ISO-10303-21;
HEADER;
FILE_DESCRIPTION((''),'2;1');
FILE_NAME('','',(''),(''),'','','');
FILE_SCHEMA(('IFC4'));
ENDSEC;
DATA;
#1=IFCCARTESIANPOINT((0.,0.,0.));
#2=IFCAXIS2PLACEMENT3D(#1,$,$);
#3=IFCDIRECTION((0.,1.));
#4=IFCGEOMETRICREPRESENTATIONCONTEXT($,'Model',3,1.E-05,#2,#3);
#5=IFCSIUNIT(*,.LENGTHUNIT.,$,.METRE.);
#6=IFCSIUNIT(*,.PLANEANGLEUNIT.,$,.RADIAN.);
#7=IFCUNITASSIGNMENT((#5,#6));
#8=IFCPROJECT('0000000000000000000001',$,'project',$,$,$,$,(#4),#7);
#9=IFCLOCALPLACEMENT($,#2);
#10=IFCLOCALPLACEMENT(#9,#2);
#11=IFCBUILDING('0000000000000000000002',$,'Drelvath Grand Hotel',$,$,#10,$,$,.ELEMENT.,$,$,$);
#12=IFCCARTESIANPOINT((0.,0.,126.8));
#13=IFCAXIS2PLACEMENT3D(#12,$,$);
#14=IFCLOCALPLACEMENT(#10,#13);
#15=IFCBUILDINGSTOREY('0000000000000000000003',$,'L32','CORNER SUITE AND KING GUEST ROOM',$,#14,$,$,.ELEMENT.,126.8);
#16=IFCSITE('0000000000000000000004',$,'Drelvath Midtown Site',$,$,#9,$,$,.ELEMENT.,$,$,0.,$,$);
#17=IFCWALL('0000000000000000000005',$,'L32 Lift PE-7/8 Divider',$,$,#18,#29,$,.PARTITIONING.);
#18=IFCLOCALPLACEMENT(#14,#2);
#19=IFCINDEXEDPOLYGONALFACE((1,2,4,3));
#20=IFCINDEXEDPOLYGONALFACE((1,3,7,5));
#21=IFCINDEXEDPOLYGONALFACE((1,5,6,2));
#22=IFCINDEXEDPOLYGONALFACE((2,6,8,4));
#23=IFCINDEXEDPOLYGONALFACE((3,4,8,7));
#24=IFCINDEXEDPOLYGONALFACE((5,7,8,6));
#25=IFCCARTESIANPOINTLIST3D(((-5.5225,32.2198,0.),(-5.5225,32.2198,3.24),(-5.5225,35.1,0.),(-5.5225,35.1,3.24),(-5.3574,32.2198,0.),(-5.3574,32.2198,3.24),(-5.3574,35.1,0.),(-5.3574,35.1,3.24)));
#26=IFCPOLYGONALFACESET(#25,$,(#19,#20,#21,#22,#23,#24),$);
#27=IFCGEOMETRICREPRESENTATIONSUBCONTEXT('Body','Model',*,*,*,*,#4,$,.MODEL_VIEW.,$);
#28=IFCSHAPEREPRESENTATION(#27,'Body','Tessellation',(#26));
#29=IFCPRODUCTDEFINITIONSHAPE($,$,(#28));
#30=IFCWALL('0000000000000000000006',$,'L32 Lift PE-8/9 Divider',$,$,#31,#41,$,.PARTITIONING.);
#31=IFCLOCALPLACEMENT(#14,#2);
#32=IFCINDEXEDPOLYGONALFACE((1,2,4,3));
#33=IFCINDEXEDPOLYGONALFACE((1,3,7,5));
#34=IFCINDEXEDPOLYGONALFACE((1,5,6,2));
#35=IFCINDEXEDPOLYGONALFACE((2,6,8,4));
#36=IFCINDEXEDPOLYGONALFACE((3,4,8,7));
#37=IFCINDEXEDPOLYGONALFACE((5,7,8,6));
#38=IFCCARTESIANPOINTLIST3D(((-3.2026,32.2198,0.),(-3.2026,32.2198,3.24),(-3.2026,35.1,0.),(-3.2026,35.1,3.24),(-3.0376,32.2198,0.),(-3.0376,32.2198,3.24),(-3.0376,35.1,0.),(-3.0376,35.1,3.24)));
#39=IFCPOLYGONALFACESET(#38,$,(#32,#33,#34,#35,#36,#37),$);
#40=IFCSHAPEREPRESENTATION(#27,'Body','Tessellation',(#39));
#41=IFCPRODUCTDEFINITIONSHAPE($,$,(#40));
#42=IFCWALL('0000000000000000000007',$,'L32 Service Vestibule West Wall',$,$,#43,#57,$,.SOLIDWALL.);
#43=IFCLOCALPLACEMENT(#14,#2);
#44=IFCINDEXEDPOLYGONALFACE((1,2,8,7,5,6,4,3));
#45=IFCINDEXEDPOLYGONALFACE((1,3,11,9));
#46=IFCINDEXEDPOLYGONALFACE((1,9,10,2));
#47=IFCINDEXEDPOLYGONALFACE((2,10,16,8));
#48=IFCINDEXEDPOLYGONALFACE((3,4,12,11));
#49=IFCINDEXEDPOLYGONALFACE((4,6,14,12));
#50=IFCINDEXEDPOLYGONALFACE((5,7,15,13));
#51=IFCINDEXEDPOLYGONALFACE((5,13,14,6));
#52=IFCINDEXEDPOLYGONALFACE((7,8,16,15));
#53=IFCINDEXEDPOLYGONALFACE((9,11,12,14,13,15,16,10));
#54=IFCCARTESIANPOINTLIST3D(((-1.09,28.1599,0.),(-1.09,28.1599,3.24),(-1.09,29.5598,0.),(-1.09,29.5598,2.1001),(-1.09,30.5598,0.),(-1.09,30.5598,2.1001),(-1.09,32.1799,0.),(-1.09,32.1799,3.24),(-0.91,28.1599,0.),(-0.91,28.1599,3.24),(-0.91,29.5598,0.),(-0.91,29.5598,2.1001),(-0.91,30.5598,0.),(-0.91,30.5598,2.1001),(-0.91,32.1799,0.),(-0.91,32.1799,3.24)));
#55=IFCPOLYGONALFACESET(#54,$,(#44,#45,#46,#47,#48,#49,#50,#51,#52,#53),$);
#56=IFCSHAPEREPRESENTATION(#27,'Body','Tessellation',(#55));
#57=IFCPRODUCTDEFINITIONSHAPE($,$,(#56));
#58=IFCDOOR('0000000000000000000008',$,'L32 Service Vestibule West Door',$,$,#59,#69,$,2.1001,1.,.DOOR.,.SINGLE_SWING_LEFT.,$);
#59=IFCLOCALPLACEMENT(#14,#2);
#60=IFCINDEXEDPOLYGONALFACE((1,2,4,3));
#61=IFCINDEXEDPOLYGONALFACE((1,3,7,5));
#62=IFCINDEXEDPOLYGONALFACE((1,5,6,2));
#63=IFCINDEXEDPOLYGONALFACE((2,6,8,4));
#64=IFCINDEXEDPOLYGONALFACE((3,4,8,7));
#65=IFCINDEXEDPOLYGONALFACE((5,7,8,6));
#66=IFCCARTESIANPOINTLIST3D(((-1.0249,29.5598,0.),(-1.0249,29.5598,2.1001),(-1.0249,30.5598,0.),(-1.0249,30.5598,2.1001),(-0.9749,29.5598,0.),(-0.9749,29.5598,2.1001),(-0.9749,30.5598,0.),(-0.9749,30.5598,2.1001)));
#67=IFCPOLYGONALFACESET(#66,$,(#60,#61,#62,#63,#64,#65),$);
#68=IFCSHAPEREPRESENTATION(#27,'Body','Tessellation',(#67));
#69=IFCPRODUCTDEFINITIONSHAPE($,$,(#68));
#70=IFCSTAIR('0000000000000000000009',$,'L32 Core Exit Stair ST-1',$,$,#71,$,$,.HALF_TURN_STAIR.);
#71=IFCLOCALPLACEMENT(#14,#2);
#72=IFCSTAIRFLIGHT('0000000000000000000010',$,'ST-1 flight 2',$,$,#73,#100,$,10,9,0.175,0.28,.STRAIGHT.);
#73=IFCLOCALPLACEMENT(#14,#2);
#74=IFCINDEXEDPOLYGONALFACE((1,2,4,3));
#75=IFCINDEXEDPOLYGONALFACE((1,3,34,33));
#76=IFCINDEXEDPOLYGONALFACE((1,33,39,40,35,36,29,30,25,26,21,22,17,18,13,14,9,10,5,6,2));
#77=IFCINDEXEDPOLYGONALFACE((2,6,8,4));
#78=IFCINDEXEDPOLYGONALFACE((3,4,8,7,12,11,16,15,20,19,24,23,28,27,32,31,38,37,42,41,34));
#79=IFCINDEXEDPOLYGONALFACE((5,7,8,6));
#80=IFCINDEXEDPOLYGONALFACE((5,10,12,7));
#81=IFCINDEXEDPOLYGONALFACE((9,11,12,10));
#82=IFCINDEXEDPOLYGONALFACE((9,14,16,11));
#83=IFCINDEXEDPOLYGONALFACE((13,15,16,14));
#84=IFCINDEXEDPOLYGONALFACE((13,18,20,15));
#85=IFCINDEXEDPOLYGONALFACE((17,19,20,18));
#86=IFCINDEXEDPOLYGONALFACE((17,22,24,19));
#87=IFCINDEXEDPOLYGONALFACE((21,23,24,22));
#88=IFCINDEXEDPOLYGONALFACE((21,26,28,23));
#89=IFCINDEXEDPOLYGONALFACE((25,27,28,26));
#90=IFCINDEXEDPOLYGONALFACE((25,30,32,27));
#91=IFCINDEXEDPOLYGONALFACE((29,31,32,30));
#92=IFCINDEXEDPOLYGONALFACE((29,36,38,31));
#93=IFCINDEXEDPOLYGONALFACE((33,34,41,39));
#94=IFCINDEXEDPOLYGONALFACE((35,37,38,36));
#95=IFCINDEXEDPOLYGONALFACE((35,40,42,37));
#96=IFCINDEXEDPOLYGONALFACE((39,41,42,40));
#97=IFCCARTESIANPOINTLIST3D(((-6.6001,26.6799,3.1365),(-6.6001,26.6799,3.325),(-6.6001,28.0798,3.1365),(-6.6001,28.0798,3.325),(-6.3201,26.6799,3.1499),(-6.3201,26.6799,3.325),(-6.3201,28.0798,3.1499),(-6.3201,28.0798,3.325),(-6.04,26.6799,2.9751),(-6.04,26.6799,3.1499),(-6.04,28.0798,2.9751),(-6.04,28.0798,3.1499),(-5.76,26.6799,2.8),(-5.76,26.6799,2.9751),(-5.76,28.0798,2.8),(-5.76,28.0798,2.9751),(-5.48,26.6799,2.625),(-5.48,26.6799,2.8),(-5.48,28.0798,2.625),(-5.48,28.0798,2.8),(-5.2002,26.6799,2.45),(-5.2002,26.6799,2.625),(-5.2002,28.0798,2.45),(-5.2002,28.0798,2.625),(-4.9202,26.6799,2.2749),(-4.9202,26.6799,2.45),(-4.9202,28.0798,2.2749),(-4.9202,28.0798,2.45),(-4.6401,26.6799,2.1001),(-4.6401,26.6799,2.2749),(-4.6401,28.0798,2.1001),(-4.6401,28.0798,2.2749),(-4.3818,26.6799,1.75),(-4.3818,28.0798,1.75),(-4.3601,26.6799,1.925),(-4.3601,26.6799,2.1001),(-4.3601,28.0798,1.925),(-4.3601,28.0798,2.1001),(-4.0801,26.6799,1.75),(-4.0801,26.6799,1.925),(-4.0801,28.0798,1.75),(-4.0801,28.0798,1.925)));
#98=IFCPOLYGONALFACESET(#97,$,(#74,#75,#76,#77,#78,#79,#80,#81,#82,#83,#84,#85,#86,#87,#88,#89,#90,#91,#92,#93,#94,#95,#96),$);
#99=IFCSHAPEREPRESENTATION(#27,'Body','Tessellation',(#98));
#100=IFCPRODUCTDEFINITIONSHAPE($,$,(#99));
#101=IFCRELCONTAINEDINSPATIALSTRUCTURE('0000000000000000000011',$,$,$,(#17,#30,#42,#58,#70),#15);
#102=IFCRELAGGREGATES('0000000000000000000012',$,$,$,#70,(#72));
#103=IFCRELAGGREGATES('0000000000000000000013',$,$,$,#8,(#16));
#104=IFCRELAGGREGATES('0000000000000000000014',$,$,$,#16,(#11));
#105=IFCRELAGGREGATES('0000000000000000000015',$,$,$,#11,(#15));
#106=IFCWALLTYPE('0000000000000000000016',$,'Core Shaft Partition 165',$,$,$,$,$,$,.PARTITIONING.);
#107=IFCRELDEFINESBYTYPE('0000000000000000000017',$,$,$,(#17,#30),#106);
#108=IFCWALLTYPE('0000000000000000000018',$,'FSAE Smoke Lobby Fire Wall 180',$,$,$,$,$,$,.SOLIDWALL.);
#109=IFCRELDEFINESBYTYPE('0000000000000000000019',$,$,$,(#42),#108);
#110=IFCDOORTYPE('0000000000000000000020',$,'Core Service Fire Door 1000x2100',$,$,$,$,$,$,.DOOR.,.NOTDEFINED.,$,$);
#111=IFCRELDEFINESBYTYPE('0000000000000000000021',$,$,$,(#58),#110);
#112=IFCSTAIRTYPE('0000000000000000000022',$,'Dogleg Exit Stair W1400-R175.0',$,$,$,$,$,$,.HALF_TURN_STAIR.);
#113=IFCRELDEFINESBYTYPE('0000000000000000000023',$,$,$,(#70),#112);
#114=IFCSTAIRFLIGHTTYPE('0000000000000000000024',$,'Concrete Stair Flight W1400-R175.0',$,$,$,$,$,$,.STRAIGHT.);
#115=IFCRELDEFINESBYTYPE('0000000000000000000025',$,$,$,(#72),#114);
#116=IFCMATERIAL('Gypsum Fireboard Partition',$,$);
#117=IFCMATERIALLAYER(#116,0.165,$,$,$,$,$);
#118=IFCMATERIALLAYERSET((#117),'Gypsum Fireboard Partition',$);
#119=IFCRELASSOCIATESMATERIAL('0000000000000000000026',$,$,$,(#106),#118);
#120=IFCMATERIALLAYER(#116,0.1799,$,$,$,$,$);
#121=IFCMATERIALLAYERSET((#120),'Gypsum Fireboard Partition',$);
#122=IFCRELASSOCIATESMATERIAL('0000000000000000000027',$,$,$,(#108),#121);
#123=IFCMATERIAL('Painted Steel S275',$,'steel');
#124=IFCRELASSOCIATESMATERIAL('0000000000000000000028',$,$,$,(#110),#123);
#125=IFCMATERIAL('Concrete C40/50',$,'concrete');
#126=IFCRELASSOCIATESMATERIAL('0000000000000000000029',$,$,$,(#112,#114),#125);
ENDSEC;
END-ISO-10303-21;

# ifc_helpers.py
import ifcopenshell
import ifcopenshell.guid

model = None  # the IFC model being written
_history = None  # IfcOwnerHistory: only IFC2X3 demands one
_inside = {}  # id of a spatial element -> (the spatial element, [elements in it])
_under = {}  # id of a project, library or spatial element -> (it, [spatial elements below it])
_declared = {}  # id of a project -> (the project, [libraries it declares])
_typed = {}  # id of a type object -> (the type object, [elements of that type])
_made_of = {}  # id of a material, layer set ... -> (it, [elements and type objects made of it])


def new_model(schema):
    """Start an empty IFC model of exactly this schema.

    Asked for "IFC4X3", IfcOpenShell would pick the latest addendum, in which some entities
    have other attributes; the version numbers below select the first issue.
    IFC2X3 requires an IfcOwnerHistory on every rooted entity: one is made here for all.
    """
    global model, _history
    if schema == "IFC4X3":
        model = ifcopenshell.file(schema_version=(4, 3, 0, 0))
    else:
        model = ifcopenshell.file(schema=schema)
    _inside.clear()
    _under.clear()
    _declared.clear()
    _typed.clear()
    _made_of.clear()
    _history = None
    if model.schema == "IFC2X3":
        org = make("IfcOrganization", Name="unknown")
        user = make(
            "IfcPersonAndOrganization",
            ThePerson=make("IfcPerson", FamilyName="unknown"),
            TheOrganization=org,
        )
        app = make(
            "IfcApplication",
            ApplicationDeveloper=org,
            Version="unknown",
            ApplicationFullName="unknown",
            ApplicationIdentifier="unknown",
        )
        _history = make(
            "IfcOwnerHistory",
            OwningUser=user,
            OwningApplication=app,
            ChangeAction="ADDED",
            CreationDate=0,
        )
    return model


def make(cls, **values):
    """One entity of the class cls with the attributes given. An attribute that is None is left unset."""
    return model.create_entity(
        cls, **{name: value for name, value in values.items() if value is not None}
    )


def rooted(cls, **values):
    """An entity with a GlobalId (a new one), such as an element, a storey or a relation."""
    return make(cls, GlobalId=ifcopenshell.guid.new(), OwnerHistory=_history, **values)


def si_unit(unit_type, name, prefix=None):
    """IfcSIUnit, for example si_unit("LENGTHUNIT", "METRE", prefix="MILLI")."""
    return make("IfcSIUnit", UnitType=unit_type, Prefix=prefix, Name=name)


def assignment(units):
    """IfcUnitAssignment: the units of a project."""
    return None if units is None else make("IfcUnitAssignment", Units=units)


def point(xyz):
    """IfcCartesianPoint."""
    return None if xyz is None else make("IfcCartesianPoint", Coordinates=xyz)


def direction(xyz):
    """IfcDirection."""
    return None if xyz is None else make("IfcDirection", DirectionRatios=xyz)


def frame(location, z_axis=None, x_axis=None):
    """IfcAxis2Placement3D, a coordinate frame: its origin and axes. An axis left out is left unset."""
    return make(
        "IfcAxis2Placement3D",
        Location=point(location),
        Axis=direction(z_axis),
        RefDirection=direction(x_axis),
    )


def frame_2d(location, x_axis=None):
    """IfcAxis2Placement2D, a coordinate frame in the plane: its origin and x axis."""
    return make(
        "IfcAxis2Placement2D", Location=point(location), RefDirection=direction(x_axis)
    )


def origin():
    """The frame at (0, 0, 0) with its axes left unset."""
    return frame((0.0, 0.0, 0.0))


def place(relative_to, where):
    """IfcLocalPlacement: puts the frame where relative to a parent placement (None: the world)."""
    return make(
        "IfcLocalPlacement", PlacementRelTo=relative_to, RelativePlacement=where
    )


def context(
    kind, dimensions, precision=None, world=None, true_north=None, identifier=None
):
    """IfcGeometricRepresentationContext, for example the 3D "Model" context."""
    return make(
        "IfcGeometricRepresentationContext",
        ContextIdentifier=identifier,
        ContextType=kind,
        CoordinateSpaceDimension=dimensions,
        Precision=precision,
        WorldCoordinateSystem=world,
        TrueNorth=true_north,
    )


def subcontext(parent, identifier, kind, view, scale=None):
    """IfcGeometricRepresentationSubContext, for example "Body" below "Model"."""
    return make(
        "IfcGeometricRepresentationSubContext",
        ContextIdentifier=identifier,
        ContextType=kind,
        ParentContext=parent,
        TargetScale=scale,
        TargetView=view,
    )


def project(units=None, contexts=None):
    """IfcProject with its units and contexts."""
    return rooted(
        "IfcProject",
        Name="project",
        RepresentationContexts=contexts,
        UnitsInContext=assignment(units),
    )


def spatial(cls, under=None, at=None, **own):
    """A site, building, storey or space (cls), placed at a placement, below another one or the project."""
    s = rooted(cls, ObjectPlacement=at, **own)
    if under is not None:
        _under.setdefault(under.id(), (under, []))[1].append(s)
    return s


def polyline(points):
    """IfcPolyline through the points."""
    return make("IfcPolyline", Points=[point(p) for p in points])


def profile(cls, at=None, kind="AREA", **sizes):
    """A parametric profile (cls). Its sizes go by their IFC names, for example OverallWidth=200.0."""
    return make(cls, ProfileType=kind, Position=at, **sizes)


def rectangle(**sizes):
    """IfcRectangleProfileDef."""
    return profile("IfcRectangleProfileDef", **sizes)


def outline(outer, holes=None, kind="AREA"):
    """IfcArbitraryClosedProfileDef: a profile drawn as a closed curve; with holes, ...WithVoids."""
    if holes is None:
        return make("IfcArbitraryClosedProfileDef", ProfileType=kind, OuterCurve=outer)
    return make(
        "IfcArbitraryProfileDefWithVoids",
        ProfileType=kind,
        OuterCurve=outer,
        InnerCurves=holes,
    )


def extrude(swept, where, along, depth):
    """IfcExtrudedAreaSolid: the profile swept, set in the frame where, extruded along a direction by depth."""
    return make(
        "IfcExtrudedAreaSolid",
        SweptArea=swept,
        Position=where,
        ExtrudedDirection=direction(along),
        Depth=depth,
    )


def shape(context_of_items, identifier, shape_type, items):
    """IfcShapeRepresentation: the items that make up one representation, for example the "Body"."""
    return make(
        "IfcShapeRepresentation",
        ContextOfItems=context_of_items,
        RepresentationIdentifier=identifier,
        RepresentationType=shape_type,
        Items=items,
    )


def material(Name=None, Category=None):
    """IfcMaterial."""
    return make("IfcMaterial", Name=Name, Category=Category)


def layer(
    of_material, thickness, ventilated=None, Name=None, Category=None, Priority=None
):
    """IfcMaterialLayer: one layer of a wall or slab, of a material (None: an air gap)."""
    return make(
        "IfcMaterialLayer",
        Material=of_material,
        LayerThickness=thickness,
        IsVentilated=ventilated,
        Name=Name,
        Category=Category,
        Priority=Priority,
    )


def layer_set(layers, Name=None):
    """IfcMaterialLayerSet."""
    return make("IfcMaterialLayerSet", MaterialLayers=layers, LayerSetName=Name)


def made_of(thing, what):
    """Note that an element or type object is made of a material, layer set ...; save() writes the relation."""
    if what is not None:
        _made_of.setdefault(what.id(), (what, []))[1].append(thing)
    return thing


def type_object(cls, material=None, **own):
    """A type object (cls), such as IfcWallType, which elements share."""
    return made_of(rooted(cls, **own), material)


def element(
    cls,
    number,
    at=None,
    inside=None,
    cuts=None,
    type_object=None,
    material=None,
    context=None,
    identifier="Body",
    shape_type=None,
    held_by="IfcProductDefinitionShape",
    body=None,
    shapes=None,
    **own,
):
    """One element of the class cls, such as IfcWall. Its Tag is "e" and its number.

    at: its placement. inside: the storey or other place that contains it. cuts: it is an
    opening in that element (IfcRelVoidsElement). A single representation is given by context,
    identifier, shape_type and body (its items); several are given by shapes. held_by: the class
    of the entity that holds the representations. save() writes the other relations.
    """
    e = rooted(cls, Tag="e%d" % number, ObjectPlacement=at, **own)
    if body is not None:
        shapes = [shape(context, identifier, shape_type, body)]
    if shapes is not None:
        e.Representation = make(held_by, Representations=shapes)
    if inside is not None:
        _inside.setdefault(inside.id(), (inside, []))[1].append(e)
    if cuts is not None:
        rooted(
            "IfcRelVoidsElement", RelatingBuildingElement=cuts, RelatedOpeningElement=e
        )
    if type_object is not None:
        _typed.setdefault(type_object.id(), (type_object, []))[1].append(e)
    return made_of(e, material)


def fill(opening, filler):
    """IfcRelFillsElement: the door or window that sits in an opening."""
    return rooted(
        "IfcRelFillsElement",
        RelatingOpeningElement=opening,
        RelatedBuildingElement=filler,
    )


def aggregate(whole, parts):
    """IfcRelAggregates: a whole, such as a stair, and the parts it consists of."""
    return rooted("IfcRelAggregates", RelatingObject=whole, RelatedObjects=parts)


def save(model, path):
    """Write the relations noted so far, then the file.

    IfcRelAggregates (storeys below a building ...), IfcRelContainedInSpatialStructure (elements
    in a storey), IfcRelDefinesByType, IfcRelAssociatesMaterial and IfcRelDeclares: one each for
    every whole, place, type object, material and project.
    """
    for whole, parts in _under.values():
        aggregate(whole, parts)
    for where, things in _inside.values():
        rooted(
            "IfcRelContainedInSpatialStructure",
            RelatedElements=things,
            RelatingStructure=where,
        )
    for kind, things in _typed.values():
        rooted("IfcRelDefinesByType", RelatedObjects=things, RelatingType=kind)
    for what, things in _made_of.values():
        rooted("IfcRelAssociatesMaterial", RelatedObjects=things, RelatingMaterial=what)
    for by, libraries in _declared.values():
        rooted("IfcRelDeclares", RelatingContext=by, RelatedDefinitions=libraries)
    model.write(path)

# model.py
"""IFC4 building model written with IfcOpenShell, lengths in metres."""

from ifc_helpers import new_model, si_unit, direction, frame, frame_2d, origin, place, context, subcontext, project, spatial, polyline, rectangle, outline, extrude, material, layer, layer_set, type_object, element, fill, aggregate, save


model = new_model("IFC4")

# Units and contexts
model_context = context("Model", 3, precision=1e-05, world=origin(), true_north=direction((0.0, 1.0)))
body_context = subcontext(model_context, "Body", "Model", "MODEL_VIEW")
ifc_project = project(units=[si_unit("LENGTHUNIT", "METRE"), si_unit("PLANEANGLEUNIT", "RADIAN")], contexts=[model_context])

# Site, building, storey
site_placement = place(None, origin())
site = spatial("IfcSite", under=ifc_project, at=site_placement, Name="Drelvath Midtown Site", CompositionType="ELEMENT", RefElevation=0.0)
building_placement = place(site_placement, origin())
building = spatial("IfcBuilding", under=site, at=building_placement, Name="Drelvath Grand Hotel", CompositionType="ELEMENT")
storey_placement = place(building_placement, frame((0.0, 0.0, 126.8)))
storey = spatial("IfcBuildingStorey", under=building, at=storey_placement, Name="L32", Description="CORNER SUITE AND KING GUEST ROOM", CompositionType="ELEMENT", Elevation=126.8)

# Shared definitions
ifc_material_1 = material(Name="Concrete C40/50", Category="concrete")

# Walls
ifc_material_2 = material(Name="Gypsum Fireboard Partition")
ifc_layer_1 = layer(ifc_material_2, 0.165)
ifc_layer_set_1 = layer_set([ifc_layer_1], Name="Gypsum Fireboard Partition")
wall_type_1 = type_object("IfcWallType", Name="Core Shaft Partition 165", PredefinedType="PARTITIONING", material=ifc_layer_set_1)
for number, where, z_axis, x_axis, name in (
    (1, (-5.4399, 32.22, 0.0), (0.0, 0.0, 1.0), (0.0, 1.0, 0.0), "L32 Lift PE-7/8 Divider"),
    (2, (-3.1201, 32.22, 0.0), (0.0, 0.0, 1.0), (0.0, 1.0, 0.0), "L32 Lift PE-8/9 Divider"),
):
    element("IfcWall", number, at=place(storey_placement, frame(where, z_axis=z_axis, x_axis=x_axis)), inside=storey, type_object=wall_type_1, Name=name, PredefinedType="PARTITIONING", context=body_context, shape_type="SweptSolid", body=[
        extrude(rectangle(XDim=2.8801, YDim=0.165, at=frame_2d((1.4399, 0.0))), origin(), (0.0, 0.0, 1.0), 3.24),
    ])

# Wall, opening, door
ifc_layer_2 = layer(ifc_material_2, 0.1799)
ifc_layer_set_2 = layer_set([ifc_layer_2], Name="Gypsum Fireboard Partition")
wall_type_2 = type_object("IfcWallType", Name="FSAE Smoke Lobby Fire Wall 180", PredefinedType="SOLIDWALL", material=ifc_layer_set_2)
wall_1_placement = place(storey_placement, frame((-1.0, 28.1599, 0.0), z_axis=(0.0, 0.0, 1.0), x_axis=(0.0, 1.0, 0.0)))
wall_1 = element("IfcWall", 3, at=wall_1_placement, inside=storey, type_object=wall_type_2, Name="L32 Service Vestibule West Wall", PredefinedType="SOLIDWALL", context=body_context, shape_type="SweptSolid", body=[
    extrude(rectangle(XDim=4.02, YDim=0.1799, at=frame_2d((2.01, 0.0))), origin(), (0.0, 0.0, 1.0), 3.24),
])
opening_1_placement = place(wall_1_placement, frame((1.3999, 0.0, 0.0)))
opening_1 = element("IfcOpeningElement", 4, at=opening_1_placement, cuts=wall_1, PredefinedType="OPENING", context=body_context, shape_type="SweptSolid", body=[
    extrude(rectangle(XDim=1.0, YDim=2.1001, at=frame_2d((0.5, 1.05))), frame((0.0, 0.0999, 0.0), z_axis=(0.0, -1.0, 0.0), x_axis=(1.0, 0.0, 0.0)), (0.0, 0.0, 1.0), 0.2),
])
ifc_material_3 = material(Name="Painted Steel S275", Category="steel")
door_type_1 = type_object("IfcDoorType", Name="Core Service Fire Door 1000x2100", OperationType="NOTDEFINED", PredefinedType="DOOR", material=ifc_material_3)
door_1_placement = place(opening_1_placement, origin())
door_1 = element("IfcDoor", 5, at=door_1_placement, inside=storey, type_object=door_type_1, Name="L32 Service Vestibule West Door", OperationType="SINGLE_SWING_LEFT", OverallHeight=2.1001, OverallWidth=1.0, PredefinedType="DOOR", context=body_context, shape_type="SweptSolid", body=[
    extrude(rectangle(XDim=1.0, YDim=2.1001, at=frame_2d((0.5, 1.05))), frame((0.0, 0.0249, 0.0), z_axis=(0.0, -1.0, 0.0), x_axis=(1.0, 0.0, 0.0)), (0.0, 0.0, 1.0), 0.05),
])
fill(opening_1, door_1)

# Stair, stair flight
stair_type = type_object("IfcStairType", Name="Dogleg Exit Stair W1400-R175.0", PredefinedType="HALF_TURN_STAIR", material=ifc_material_1)
stair_placement = place(storey_placement, origin())
stair = element("IfcStair", 6, at=stair_placement, inside=storey, type_object=stair_type, Name="L32 Core Exit Stair ST-1", PredefinedType="HALF_TURN_STAIR")
stair_flight_type = type_object("IfcStairFlightType", Name="Concrete Stair Flight W1400-R175.0", PredefinedType="STRAIGHT", material=ifc_material_1)
stair_flight_placement = place(storey_placement, frame((-4.0801, 27.3799, 1.75), z_axis=(0.0, 0.0, 1.0), x_axis=(-1.0, 0.0, 0.0)))
stair_flight = element("IfcStairFlight", 7, at=stair_flight_placement, type_object=stair_flight_type, Name="ST-1 flight 2", NumberOfRisers=10, NumberOfTreads=9, PredefinedType="STRAIGHT", RiserHeight=0.175, TreadLength=0.28, context=body_context, shape_type="SweptSolid", body=[
    extrude(outline(polyline([(0.0, 0.0), (0.0, 0.175), (0.28, 0.175), (0.28, 0.3501), (0.5601, 0.3501), (0.5601, 0.5249), (0.8401, 0.5249), (0.8401, 0.7), (1.1201, 0.7), (1.1201, 0.875), (1.3999, 0.875), (1.3999, 1.05), (1.6799, 1.05), (1.6799, 1.2251), (1.96, 1.2251), (1.96, 1.3999), (2.24, 1.3999), (2.24, 1.575), (2.52, 1.575), (2.52, 1.75), (2.52, 1.3865), (0.3018, 0.0), (0.0, 0.0)])), frame((0.0, 0.7, 0.0), z_axis=(0.0, -1.0, 0.0), x_axis=(1.0, 0.0, 0.0)), (0.0, 0.0, 1.0), 1.3999),
])
aggregate(stair, [stair_flight])

save(model, "model.ifc")
